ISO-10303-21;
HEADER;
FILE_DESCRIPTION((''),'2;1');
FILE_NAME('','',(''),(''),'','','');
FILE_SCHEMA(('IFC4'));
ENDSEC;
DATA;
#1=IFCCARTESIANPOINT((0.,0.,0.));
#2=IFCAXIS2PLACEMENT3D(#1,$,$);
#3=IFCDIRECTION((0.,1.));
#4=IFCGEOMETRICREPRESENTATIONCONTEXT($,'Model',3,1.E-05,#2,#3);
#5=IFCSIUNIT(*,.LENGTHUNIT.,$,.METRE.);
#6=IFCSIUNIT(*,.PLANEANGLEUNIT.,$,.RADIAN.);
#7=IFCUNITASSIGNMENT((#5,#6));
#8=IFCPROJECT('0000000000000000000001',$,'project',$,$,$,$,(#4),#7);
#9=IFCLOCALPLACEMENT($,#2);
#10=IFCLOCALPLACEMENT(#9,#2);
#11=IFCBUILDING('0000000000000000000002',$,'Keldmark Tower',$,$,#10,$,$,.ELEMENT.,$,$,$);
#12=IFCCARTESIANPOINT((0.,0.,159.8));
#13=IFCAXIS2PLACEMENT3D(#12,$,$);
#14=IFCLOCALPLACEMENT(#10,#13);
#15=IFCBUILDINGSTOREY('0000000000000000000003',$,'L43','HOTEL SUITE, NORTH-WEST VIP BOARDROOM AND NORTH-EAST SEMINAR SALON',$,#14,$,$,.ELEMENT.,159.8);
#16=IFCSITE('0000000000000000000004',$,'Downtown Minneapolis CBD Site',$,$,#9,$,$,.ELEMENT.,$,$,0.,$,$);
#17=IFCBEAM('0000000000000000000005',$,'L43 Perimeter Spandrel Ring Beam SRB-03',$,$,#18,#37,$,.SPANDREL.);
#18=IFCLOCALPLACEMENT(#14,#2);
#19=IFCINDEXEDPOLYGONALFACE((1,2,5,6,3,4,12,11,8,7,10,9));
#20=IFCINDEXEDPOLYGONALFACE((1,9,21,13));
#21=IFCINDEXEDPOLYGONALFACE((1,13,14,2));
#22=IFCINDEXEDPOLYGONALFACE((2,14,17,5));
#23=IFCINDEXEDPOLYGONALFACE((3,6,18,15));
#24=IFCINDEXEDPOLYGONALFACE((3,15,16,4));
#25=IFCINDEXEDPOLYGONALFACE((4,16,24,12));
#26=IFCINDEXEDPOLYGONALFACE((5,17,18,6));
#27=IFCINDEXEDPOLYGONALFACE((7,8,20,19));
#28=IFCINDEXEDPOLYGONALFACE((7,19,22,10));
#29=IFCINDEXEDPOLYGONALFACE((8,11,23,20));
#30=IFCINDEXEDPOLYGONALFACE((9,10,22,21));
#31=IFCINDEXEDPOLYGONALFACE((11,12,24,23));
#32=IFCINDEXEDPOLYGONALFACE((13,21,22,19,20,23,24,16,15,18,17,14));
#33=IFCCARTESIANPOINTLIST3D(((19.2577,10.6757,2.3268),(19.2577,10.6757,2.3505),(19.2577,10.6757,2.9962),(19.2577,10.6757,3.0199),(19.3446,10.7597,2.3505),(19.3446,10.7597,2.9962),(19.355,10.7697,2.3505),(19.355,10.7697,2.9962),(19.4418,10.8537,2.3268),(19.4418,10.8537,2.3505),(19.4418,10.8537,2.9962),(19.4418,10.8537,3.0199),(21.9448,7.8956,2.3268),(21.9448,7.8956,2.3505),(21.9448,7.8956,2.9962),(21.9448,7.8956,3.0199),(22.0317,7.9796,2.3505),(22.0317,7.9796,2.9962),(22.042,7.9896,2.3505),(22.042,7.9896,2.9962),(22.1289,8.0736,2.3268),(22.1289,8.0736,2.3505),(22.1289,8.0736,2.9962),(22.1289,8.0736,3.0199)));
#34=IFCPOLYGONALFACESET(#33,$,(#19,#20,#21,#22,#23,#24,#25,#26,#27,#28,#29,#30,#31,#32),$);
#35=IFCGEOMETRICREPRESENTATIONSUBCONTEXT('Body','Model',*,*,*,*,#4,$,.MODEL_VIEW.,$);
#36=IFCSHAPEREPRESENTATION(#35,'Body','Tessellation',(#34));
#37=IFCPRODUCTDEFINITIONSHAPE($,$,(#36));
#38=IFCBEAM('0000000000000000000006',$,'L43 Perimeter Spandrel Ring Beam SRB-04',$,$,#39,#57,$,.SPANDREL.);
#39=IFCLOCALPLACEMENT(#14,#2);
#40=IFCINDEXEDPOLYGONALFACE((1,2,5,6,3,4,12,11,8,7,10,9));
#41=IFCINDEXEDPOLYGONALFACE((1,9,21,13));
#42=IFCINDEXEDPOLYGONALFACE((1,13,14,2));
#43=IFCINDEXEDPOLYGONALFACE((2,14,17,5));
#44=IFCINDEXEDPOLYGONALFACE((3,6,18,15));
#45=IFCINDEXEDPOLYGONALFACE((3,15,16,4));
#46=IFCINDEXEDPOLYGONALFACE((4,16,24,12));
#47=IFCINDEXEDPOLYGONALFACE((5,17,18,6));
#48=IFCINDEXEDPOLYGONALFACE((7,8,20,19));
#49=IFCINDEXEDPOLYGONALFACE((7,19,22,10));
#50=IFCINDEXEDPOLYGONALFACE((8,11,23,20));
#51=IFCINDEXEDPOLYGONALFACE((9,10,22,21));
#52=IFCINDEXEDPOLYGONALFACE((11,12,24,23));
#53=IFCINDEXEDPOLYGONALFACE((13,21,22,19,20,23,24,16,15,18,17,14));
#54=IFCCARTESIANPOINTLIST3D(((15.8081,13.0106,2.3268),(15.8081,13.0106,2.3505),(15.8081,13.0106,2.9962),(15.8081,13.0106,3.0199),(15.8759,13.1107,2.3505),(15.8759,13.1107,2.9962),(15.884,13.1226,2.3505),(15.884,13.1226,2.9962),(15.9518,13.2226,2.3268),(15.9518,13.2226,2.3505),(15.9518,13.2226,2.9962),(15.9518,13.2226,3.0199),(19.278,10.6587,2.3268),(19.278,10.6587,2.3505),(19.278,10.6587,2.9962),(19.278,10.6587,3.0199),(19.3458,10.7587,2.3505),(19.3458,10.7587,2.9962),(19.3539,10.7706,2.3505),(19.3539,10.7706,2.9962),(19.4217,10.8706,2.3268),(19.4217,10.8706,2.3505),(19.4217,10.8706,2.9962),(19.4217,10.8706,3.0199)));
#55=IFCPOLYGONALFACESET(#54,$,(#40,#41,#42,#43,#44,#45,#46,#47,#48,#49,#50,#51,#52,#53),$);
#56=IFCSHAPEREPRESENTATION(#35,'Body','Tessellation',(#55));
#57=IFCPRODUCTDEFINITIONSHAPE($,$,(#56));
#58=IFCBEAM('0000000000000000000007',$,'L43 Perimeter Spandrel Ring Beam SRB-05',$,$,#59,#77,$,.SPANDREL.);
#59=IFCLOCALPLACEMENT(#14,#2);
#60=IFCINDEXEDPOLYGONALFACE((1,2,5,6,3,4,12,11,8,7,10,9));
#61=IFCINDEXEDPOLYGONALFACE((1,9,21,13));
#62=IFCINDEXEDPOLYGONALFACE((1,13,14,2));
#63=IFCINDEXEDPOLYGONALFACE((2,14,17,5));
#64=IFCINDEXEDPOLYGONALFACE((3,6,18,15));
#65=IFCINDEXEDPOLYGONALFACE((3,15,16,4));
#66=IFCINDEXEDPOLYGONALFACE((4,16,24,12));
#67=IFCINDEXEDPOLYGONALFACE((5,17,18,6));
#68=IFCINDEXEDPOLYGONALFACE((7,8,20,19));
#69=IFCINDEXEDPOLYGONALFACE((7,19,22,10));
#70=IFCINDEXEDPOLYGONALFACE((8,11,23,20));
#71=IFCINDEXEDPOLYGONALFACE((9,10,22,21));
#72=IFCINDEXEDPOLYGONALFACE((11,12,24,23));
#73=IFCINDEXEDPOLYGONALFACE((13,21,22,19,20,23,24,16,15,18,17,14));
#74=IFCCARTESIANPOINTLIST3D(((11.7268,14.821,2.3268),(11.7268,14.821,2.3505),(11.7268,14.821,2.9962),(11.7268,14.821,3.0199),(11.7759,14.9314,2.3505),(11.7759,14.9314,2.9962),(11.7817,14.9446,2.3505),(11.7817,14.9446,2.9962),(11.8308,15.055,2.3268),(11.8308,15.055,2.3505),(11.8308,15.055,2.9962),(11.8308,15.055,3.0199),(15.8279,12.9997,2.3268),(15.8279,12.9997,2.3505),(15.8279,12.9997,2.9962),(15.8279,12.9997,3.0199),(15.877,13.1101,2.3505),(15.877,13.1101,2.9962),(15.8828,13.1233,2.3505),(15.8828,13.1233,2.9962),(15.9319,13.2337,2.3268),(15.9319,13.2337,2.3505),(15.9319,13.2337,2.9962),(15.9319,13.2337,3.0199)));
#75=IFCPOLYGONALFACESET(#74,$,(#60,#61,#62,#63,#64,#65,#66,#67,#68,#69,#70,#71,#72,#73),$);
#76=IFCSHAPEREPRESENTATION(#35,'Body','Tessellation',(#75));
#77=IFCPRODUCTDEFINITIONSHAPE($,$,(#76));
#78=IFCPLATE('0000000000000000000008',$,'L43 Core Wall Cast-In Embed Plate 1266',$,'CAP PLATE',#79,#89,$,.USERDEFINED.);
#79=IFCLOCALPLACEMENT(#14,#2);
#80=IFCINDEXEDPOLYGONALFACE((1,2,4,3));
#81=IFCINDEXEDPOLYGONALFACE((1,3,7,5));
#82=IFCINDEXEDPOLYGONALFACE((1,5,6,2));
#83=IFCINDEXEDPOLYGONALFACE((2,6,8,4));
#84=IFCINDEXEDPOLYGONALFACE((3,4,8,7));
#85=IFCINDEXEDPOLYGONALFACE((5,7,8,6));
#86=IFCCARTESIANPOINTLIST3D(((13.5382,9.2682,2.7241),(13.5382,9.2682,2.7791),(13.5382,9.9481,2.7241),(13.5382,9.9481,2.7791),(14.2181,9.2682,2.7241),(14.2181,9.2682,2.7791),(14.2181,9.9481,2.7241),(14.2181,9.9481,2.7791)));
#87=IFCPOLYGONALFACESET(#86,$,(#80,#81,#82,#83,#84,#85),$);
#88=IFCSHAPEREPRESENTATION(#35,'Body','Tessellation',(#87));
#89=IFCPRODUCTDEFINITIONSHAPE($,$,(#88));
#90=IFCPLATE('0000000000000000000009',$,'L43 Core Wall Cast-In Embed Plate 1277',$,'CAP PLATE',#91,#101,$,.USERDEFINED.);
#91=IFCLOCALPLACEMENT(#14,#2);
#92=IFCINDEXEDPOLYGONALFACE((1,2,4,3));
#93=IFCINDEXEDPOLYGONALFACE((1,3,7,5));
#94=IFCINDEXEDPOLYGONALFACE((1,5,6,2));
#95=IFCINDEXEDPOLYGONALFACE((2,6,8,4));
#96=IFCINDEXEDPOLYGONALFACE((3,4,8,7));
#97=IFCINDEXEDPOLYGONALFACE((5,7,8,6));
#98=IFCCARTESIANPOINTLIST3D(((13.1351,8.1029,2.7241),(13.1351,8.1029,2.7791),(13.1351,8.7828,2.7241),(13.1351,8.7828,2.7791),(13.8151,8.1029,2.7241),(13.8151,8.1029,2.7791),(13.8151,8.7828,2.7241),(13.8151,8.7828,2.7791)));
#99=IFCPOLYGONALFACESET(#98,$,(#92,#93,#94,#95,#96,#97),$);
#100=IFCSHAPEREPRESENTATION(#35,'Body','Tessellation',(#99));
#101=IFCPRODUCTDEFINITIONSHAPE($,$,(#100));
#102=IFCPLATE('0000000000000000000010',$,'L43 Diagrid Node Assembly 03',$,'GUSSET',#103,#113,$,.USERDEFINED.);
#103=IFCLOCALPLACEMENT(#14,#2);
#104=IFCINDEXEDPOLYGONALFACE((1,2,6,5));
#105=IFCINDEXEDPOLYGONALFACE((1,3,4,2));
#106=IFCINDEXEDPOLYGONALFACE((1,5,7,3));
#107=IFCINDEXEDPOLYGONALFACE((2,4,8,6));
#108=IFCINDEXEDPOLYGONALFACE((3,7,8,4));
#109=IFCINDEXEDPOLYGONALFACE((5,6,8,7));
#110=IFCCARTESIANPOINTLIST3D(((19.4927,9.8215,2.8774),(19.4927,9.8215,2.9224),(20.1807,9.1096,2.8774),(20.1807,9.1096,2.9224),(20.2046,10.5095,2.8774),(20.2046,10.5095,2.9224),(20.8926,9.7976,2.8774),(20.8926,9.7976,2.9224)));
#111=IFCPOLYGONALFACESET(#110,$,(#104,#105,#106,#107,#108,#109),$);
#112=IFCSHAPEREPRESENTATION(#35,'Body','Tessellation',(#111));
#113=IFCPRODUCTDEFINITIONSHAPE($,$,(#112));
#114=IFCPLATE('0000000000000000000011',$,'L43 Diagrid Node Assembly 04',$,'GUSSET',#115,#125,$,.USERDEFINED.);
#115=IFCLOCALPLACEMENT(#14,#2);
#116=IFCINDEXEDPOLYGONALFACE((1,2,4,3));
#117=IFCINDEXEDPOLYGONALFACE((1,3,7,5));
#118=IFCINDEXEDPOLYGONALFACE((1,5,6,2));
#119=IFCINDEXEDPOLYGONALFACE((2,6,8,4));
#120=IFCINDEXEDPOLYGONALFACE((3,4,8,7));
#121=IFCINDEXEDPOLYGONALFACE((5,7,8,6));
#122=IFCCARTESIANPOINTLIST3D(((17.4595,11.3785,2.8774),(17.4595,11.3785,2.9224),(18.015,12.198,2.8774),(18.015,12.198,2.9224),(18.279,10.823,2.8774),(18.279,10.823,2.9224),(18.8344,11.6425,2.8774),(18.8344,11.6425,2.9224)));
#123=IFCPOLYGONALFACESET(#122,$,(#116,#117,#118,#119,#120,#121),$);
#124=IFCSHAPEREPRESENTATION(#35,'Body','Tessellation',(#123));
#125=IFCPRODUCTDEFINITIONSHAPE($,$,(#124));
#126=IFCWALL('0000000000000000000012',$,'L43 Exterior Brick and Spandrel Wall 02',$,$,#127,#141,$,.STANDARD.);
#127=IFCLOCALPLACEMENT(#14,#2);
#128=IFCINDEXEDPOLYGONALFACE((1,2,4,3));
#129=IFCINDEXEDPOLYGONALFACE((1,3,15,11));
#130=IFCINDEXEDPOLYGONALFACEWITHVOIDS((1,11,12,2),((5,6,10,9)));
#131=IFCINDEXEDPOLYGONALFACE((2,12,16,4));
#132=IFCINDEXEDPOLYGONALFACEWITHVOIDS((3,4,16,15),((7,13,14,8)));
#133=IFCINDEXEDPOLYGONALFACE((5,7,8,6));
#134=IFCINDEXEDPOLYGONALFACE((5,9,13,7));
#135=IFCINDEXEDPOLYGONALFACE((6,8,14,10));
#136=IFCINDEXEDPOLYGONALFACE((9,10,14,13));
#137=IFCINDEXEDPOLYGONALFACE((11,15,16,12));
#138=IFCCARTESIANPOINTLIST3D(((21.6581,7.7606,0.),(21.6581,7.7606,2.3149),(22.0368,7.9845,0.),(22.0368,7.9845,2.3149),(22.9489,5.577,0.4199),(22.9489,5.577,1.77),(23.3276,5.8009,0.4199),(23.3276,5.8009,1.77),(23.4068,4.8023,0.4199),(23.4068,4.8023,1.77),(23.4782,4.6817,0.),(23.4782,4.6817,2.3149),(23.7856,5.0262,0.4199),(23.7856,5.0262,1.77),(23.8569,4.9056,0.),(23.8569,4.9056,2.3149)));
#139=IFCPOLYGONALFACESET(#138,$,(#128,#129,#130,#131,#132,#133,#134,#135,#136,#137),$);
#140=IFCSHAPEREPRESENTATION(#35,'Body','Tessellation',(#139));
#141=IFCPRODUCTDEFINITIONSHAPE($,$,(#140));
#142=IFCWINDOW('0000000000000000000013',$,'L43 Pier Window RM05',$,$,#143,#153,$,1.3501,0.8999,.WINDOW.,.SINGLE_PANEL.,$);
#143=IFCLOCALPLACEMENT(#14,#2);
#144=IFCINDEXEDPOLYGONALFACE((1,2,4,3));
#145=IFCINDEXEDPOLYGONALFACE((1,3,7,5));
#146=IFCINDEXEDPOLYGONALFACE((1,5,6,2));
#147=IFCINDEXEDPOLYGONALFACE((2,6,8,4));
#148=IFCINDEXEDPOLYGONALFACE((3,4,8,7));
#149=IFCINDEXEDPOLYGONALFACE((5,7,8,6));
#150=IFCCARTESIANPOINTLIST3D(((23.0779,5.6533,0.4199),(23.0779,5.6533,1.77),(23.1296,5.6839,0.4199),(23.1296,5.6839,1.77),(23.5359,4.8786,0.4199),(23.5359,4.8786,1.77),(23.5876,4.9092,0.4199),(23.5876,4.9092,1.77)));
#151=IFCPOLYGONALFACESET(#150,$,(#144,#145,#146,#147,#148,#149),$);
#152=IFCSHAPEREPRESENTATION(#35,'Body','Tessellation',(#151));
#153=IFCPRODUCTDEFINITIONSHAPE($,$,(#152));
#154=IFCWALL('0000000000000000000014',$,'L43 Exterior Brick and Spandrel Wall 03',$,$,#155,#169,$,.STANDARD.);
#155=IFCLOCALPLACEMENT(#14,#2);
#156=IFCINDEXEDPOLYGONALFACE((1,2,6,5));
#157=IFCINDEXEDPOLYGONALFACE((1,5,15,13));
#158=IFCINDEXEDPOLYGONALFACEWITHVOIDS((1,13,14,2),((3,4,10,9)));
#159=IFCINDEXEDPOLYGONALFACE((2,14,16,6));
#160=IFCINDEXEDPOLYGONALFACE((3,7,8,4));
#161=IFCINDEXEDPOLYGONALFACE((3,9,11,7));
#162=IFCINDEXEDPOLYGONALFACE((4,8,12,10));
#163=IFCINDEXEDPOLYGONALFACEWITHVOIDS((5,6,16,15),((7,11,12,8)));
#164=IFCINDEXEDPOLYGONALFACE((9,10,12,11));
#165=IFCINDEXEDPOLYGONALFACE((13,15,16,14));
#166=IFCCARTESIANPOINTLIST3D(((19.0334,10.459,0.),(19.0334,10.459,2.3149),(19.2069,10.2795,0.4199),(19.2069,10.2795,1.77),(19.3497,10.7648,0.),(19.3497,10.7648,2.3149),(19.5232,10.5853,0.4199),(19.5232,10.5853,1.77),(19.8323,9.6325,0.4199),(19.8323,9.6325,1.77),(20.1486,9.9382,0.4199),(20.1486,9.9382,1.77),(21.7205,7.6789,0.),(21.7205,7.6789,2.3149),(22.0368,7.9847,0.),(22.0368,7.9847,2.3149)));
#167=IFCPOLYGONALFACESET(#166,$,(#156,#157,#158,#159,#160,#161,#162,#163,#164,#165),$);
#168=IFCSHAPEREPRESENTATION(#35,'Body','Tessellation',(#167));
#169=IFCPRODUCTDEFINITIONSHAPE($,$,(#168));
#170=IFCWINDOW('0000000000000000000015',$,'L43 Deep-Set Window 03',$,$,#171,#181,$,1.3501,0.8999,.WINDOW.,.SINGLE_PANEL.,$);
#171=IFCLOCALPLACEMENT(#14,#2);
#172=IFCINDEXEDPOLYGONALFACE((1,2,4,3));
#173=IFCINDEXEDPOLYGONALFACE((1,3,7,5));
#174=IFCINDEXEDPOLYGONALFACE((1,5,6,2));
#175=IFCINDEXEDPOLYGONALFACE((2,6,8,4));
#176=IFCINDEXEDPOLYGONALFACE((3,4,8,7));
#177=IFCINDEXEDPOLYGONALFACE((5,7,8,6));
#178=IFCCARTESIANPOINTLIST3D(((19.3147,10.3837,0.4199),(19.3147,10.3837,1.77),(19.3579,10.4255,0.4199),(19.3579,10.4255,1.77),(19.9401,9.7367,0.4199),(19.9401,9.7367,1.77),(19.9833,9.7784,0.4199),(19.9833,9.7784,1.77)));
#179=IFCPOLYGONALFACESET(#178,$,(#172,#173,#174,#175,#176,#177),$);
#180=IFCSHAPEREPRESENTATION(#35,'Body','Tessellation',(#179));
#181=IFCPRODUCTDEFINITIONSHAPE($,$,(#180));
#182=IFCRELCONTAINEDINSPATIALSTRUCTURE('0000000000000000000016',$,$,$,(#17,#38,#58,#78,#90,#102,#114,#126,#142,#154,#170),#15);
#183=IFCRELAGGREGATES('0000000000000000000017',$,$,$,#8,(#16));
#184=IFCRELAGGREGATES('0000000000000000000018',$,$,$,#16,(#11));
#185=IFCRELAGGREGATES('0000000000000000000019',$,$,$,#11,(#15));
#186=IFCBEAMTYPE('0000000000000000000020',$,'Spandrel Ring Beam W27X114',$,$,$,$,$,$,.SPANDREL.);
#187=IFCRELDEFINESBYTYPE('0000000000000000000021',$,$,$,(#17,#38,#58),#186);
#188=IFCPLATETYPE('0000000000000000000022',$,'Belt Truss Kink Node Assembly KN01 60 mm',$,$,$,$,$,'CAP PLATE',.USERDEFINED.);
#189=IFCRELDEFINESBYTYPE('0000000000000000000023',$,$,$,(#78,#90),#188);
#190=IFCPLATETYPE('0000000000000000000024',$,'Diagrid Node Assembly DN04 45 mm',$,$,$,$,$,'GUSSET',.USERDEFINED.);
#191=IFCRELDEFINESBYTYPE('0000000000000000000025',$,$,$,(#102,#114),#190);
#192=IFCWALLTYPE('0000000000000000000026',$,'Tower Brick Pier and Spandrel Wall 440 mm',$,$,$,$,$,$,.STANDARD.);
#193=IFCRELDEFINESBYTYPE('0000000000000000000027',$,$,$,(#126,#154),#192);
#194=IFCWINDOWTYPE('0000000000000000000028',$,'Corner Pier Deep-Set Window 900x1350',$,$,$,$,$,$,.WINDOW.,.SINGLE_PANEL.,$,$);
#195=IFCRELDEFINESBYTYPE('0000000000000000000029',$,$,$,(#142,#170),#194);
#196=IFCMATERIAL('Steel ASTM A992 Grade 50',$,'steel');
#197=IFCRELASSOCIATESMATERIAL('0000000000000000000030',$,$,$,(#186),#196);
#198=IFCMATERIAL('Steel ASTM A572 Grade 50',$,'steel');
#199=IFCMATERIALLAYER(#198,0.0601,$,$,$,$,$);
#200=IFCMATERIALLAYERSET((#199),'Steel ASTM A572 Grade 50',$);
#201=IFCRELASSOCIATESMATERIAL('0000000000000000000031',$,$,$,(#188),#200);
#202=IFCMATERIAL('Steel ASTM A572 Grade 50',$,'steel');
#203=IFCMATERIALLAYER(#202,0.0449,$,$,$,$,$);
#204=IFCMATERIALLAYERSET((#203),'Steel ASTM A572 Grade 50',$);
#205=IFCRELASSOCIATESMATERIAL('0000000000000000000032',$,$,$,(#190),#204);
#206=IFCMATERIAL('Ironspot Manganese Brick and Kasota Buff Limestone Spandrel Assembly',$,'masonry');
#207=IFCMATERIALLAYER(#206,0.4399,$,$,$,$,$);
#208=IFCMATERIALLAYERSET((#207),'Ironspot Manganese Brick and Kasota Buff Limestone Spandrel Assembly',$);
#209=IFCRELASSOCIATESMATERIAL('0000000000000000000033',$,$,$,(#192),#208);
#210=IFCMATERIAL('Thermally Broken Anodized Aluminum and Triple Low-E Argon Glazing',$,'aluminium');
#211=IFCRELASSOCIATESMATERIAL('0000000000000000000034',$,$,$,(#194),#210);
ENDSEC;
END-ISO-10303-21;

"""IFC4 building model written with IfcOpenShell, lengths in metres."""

from ifc_helpers import new_model, si_unit, direction, frame, frame_2d, origin, origin_2d, place, context, subcontext, project, spatial, rectangle, i_section, extrude, material, layer, layer_set, material_profile, profile_set, type_object, element, fill, save


model = new_model("IFC4")

# Units and contexts
model_context = context("Model", 3, precision=1e-05, world=origin(), true_north=direction((0.0, 1.0)))
body_context = subcontext(model_context, "Body", "Model", "MODEL_VIEW")
ifc_project = project(units=[si_unit("LENGTHUNIT", "METRE"), si_unit("PLANEANGLEUNIT", "RADIAN")], contexts=[model_context])

# Site, building, storey
site_placement = place(None, origin())
site = spatial("IfcSite", under=ifc_project, at=site_placement, Name="Downtown Minneapolis CBD Site", CompositionType="ELEMENT", RefElevation=0.0)
building_placement = place(site_placement, origin())
building = spatial("IfcBuilding", under=site, at=building_placement, Name="Keldmark Tower", CompositionType="ELEMENT")
storey_placement = place(building_placement, frame((0.0, 0.0, 159.8)))
storey = spatial("IfcBuildingStorey", under=building, at=storey_placement, Name="L43", Description="HOTEL SUITE, NORTH-WEST VIP BOARDROOM AND NORTH-EAST SEMINAR SALON", CompositionType="ELEMENT", Elevation=159.8)

# Beams
ifc_material_1 = material(Name="Steel ASTM A992 Grade 50", Category="steel")
ifc_material_profile_1 = material_profile(ifc_material_1, i_section(OverallWidth=0.2561, OverallDepth=0.6931, WebThickness=0.0144, FlangeThickness=0.0237, at=origin_2d()), Name="W27X114")
ifc_profile_set_1 = profile_set([ifc_material_profile_1], Name="Steel ASTM A992 Grade 50")
beam_type_1 = type_object("IfcBeamType", Name="Spandrel Ring Beam W27X114", PredefinedType="SPANDREL", material=ifc_profile_set_1)
beam_1_placement = place(storey_placement, frame((22.0369, 7.9846, 2.6733), z_axis=(-0.694975, 0.719034, 0.0), x_axis=(-0.719034, -0.694975, 0.0)))
element("IfcBeam", 1, at=beam_1_placement, inside=storey, type_object=beam_type_1, Name="L43 Perimeter Spandrel Ring Beam SRB-03", PredefinedType="SPANDREL", context=body_context, shape_type="SweptSolid", body=[
    extrude(i_section(OverallWidth=0.2561, OverallDepth=0.6931, WebThickness=0.0144, FlangeThickness=0.0237, at=origin_2d()), origin(), (0.0, 0.0, 1.0), 3.8665),
])
beam_2_placement = place(storey_placement, frame((19.3499, 10.7646, 2.6733), z_axis=(-0.827761, 0.561081, 0.0), x_axis=(-0.561081, -0.827761, 0.0)))
element("IfcBeam", 2, at=beam_2_placement, inside=storey, type_object=beam_type_1, Name="L43 Perimeter Spandrel Ring Beam SRB-04", PredefinedType="SPANDREL", context=body_context, shape_type="SweptSolid", body=[
    extrude(i_section(OverallWidth=0.2561, OverallDepth=0.6931, WebThickness=0.0144, FlangeThickness=0.0237, at=origin_2d()), origin(), (0.0, 0.0, 1.0), 4.1919),
])
beam_3_placement = place(storey_placement, frame((15.8799, 13.1167, 2.6733), z_axis=(-0.913928, 0.405876, 0.0), x_axis=(-0.405876, -0.913928, 0.0)))
element("IfcBeam", 3, at=beam_3_placement, inside=storey, type_object=beam_type_1, Name="L43 Perimeter Spandrel Ring Beam SRB-05", PredefinedType="SPANDREL", context=body_context, shape_type="SweptSolid", body=[
    extrude(i_section(OverallWidth=0.2561, OverallDepth=0.6931, WebThickness=0.0144, FlangeThickness=0.0237, at=origin_2d()), origin(), (0.0, 0.0, 1.0), 4.4873),
])

# Plates
ifc_material_2 = material(Name="Steel ASTM A572 Grade 50", Category="steel")
ifc_layer_1 = layer(ifc_material_2, 0.0601)
ifc_layer_set_1 = layer_set([ifc_layer_1], Name="Steel ASTM A572 Grade 50")
plate_type_1 = type_object("IfcPlateType", Name="Belt Truss Kink Node Assembly KN01 60 mm", ElementType="CAP PLATE", PredefinedType="USERDEFINED", material=ifc_layer_set_1)
for number, where, z_axis, x_axis, name in (
    (4, (13.8782, 9.6082, 2.7241), (0.0, 0.0, 1.0), (1.0, 0.0, 0.0), "L43 Core Wall Cast-In Embed Plate 1266"),
    (5, (13.4751, 8.4429, 2.7241), (0.0, 0.0, 1.0), (1.0, 0.0, 0.0), "L43 Core Wall Cast-In Embed Plate 1277"),
):
    element("IfcPlate", number, at=place(storey_placement, frame(where, z_axis=z_axis, x_axis=x_axis)), inside=storey, type_object=plate_type_1, Name=name, ObjectType="CAP PLATE", PredefinedType="USERDEFINED", context=body_context, shape_type="SweptSolid", body=[
        extrude(rectangle(XDim=0.6799, YDim=0.6799, at=origin_2d()), origin(), (0.0, 0.0, 1.0), 0.0549),
    ])
ifc_material_3 = material(Name="Steel ASTM A572 Grade 50", Category="steel")
ifc_layer_2 = layer(ifc_material_3, 0.0449)
ifc_layer_set_2 = layer_set([ifc_layer_2], Name="Steel ASTM A572 Grade 50")
plate_type_2 = type_object("IfcPlateType", Name="Diagrid Node Assembly DN04 45 mm", ElementType="GUSSET", PredefinedType="USERDEFINED", material=ifc_layer_set_2)
for number, where, z_axis, x_axis, name in (
    (6, (20.1926, 9.8096, 2.8774), (0.0, 0.0, 1.0), (-0.694909, 0.719097, 0.0), "L43 Diagrid Node Assembly 03"),
    (7, (18.147, 11.5105, 2.8774), (0.0, 0.0, 1.0), (-0.827767, 0.561072, 0.0), "L43 Diagrid Node Assembly 04"),
):
    element("IfcPlate", number, at=place(storey_placement, frame(where, z_axis=z_axis, x_axis=x_axis)), inside=storey, type_object=plate_type_2, Name=name, ObjectType="GUSSET", PredefinedType="USERDEFINED", context=body_context, shape_type="SweptSolid", body=[
        extrude(rectangle(XDim=0.99, YDim=0.99, at=origin_2d()), origin(), (0.0, 0.0, 1.0), 0.0449),
    ])

# Walls, openings, windows
ifc_material_4 = material(Name="Ironspot Manganese Brick and Kasota Buff Limestone Spandrel Assembly", Category="masonry")
ifc_layer_3 = layer(ifc_material_4, 0.4399)
ifc_layer_set_3 = layer_set([ifc_layer_3], Name="Ironspot Manganese Brick and Kasota Buff Limestone Spandrel Assembly")
wall_type_1 = type_object("IfcWallType", Name="Tower Brick Pier and Spandrel Wall 440 mm", PredefinedType="STANDARD", material=ifc_layer_set_3)
wall_1_placement = place(storey_placement, frame((21.8474, 7.8726, 0.0), z_axis=(0.0, 0.0, 1.0), x_axis=(0.508883, -0.860835, 0.0)))
wall_1 = element("IfcWall", 8, at=wall_1_placement, inside=storey, type_object=wall_type_1, Name="L43 Exterior Brick and Spandrel Wall 02", PredefinedType="STANDARD", context=body_context, shape_type="SweptSolid", body=[
    extrude(rectangle(XDim=3.5767, YDim=0.4399, at=frame_2d((1.7883, 0.0))), origin(), (0.0, 0.0, 1.0), 2.3149),
])
opening_1_placement = place(wall_1_placement, frame((2.5366, 0.0, 0.4199)))
opening_1 = element("IfcOpeningElement", 9, at=opening_1_placement, cuts=wall_1, PredefinedType="OPENING", context=body_context, shape_type="SweptSolid", body=[
    extrude(rectangle(XDim=0.8999, YDim=1.3501, at=frame_2d((0.45, 0.675))), frame((0.0, 0.23, 0.0), z_axis=(0.0, -1.0, 0.0), x_axis=(1.0, 0.0, 0.0)), (0.0, 0.0, 1.0), 0.46),
])
ifc_material_5 = material(Name="Thermally Broken Anodized Aluminum and Triple Low-E Argon Glazing", Category="aluminium")
window_type = type_object("IfcWindowType", Name="Corner Pier Deep-Set Window 900x1350", PartitioningType="SINGLE_PANEL", PredefinedType="WINDOW", material=ifc_material_5)
window_1_placement = place(opening_1_placement, origin())
window_1 = element("IfcWindow", 10, at=window_1_placement, inside=storey, type_object=window_type, Name="L43 Pier Window RM05", OverallHeight=1.3501, OverallWidth=0.8999, PartitioningType="SINGLE_PANEL", PredefinedType="WINDOW", context=body_context, shape_type="SweptSolid", body=[
    extrude(rectangle(XDim=0.8999, YDim=1.3501, at=frame_2d((0.45, 0.675))), frame((0.0, -0.01, 0.0), z_axis=(0.0, -1.0, 0.0), x_axis=(1.0, 0.0, 0.0)), (0.0, 0.0, 1.0), 0.0601),
])
fill(opening_1, window_1)
wall_2_placement = place(storey_placement, frame((19.1917, 10.6118, 0.0), z_axis=(0.0, 0.0, 1.0), x_axis=(0.694975, -0.719034, 0.0)))
wall_2 = element("IfcWall", 11, at=wall_2_placement, inside=storey, type_object=wall_type_1, Name="L43 Exterior Brick and Spandrel Wall 03", PredefinedType="STANDARD", context=body_context, shape_type="SweptSolid", body=[
    extrude(rectangle(XDim=3.8665, YDim=0.4399, at=frame_2d((1.9331, 0.0))), origin(), (0.0, 0.0, 1.0), 2.3149),
])
opening_2_placement = place(wall_2_placement, frame((0.2495, 0.0, 0.4199)))
opening_2 = element("IfcOpeningElement", 12, at=opening_2_placement, cuts=wall_2, PredefinedType="OPENING", context=body_context, shape_type="SweptSolid", body=[
    extrude(rectangle(XDim=0.8999, YDim=1.3501, at=frame_2d((0.45, 0.675))), frame((0.0, 0.23, 0.0), z_axis=(0.0, -1.0, 0.0), x_axis=(1.0, 0.0, 0.0)), (0.0, 0.0, 1.0), 0.46),
])
window_2_placement = place(opening_2_placement, origin())
window_2 = element("IfcWindow", 13, at=window_2_placement, inside=storey, type_object=window_type, Name="L43 Deep-Set Window 03", OverallHeight=1.3501, OverallWidth=0.8999, PartitioningType="SINGLE_PANEL", PredefinedType="WINDOW", context=body_context, shape_type="SweptSolid", body=[
    extrude(rectangle(XDim=0.8999, YDim=1.3501, at=frame_2d((0.45, 0.675))), frame((0.0, -0.01, 0.0), z_axis=(0.0, -1.0, 0.0), x_axis=(1.0, 0.0, 0.0)), (0.0, 0.0, 1.0), 0.0601),
])
fill(opening_2, window_2)

save(model, "model.ifc")
